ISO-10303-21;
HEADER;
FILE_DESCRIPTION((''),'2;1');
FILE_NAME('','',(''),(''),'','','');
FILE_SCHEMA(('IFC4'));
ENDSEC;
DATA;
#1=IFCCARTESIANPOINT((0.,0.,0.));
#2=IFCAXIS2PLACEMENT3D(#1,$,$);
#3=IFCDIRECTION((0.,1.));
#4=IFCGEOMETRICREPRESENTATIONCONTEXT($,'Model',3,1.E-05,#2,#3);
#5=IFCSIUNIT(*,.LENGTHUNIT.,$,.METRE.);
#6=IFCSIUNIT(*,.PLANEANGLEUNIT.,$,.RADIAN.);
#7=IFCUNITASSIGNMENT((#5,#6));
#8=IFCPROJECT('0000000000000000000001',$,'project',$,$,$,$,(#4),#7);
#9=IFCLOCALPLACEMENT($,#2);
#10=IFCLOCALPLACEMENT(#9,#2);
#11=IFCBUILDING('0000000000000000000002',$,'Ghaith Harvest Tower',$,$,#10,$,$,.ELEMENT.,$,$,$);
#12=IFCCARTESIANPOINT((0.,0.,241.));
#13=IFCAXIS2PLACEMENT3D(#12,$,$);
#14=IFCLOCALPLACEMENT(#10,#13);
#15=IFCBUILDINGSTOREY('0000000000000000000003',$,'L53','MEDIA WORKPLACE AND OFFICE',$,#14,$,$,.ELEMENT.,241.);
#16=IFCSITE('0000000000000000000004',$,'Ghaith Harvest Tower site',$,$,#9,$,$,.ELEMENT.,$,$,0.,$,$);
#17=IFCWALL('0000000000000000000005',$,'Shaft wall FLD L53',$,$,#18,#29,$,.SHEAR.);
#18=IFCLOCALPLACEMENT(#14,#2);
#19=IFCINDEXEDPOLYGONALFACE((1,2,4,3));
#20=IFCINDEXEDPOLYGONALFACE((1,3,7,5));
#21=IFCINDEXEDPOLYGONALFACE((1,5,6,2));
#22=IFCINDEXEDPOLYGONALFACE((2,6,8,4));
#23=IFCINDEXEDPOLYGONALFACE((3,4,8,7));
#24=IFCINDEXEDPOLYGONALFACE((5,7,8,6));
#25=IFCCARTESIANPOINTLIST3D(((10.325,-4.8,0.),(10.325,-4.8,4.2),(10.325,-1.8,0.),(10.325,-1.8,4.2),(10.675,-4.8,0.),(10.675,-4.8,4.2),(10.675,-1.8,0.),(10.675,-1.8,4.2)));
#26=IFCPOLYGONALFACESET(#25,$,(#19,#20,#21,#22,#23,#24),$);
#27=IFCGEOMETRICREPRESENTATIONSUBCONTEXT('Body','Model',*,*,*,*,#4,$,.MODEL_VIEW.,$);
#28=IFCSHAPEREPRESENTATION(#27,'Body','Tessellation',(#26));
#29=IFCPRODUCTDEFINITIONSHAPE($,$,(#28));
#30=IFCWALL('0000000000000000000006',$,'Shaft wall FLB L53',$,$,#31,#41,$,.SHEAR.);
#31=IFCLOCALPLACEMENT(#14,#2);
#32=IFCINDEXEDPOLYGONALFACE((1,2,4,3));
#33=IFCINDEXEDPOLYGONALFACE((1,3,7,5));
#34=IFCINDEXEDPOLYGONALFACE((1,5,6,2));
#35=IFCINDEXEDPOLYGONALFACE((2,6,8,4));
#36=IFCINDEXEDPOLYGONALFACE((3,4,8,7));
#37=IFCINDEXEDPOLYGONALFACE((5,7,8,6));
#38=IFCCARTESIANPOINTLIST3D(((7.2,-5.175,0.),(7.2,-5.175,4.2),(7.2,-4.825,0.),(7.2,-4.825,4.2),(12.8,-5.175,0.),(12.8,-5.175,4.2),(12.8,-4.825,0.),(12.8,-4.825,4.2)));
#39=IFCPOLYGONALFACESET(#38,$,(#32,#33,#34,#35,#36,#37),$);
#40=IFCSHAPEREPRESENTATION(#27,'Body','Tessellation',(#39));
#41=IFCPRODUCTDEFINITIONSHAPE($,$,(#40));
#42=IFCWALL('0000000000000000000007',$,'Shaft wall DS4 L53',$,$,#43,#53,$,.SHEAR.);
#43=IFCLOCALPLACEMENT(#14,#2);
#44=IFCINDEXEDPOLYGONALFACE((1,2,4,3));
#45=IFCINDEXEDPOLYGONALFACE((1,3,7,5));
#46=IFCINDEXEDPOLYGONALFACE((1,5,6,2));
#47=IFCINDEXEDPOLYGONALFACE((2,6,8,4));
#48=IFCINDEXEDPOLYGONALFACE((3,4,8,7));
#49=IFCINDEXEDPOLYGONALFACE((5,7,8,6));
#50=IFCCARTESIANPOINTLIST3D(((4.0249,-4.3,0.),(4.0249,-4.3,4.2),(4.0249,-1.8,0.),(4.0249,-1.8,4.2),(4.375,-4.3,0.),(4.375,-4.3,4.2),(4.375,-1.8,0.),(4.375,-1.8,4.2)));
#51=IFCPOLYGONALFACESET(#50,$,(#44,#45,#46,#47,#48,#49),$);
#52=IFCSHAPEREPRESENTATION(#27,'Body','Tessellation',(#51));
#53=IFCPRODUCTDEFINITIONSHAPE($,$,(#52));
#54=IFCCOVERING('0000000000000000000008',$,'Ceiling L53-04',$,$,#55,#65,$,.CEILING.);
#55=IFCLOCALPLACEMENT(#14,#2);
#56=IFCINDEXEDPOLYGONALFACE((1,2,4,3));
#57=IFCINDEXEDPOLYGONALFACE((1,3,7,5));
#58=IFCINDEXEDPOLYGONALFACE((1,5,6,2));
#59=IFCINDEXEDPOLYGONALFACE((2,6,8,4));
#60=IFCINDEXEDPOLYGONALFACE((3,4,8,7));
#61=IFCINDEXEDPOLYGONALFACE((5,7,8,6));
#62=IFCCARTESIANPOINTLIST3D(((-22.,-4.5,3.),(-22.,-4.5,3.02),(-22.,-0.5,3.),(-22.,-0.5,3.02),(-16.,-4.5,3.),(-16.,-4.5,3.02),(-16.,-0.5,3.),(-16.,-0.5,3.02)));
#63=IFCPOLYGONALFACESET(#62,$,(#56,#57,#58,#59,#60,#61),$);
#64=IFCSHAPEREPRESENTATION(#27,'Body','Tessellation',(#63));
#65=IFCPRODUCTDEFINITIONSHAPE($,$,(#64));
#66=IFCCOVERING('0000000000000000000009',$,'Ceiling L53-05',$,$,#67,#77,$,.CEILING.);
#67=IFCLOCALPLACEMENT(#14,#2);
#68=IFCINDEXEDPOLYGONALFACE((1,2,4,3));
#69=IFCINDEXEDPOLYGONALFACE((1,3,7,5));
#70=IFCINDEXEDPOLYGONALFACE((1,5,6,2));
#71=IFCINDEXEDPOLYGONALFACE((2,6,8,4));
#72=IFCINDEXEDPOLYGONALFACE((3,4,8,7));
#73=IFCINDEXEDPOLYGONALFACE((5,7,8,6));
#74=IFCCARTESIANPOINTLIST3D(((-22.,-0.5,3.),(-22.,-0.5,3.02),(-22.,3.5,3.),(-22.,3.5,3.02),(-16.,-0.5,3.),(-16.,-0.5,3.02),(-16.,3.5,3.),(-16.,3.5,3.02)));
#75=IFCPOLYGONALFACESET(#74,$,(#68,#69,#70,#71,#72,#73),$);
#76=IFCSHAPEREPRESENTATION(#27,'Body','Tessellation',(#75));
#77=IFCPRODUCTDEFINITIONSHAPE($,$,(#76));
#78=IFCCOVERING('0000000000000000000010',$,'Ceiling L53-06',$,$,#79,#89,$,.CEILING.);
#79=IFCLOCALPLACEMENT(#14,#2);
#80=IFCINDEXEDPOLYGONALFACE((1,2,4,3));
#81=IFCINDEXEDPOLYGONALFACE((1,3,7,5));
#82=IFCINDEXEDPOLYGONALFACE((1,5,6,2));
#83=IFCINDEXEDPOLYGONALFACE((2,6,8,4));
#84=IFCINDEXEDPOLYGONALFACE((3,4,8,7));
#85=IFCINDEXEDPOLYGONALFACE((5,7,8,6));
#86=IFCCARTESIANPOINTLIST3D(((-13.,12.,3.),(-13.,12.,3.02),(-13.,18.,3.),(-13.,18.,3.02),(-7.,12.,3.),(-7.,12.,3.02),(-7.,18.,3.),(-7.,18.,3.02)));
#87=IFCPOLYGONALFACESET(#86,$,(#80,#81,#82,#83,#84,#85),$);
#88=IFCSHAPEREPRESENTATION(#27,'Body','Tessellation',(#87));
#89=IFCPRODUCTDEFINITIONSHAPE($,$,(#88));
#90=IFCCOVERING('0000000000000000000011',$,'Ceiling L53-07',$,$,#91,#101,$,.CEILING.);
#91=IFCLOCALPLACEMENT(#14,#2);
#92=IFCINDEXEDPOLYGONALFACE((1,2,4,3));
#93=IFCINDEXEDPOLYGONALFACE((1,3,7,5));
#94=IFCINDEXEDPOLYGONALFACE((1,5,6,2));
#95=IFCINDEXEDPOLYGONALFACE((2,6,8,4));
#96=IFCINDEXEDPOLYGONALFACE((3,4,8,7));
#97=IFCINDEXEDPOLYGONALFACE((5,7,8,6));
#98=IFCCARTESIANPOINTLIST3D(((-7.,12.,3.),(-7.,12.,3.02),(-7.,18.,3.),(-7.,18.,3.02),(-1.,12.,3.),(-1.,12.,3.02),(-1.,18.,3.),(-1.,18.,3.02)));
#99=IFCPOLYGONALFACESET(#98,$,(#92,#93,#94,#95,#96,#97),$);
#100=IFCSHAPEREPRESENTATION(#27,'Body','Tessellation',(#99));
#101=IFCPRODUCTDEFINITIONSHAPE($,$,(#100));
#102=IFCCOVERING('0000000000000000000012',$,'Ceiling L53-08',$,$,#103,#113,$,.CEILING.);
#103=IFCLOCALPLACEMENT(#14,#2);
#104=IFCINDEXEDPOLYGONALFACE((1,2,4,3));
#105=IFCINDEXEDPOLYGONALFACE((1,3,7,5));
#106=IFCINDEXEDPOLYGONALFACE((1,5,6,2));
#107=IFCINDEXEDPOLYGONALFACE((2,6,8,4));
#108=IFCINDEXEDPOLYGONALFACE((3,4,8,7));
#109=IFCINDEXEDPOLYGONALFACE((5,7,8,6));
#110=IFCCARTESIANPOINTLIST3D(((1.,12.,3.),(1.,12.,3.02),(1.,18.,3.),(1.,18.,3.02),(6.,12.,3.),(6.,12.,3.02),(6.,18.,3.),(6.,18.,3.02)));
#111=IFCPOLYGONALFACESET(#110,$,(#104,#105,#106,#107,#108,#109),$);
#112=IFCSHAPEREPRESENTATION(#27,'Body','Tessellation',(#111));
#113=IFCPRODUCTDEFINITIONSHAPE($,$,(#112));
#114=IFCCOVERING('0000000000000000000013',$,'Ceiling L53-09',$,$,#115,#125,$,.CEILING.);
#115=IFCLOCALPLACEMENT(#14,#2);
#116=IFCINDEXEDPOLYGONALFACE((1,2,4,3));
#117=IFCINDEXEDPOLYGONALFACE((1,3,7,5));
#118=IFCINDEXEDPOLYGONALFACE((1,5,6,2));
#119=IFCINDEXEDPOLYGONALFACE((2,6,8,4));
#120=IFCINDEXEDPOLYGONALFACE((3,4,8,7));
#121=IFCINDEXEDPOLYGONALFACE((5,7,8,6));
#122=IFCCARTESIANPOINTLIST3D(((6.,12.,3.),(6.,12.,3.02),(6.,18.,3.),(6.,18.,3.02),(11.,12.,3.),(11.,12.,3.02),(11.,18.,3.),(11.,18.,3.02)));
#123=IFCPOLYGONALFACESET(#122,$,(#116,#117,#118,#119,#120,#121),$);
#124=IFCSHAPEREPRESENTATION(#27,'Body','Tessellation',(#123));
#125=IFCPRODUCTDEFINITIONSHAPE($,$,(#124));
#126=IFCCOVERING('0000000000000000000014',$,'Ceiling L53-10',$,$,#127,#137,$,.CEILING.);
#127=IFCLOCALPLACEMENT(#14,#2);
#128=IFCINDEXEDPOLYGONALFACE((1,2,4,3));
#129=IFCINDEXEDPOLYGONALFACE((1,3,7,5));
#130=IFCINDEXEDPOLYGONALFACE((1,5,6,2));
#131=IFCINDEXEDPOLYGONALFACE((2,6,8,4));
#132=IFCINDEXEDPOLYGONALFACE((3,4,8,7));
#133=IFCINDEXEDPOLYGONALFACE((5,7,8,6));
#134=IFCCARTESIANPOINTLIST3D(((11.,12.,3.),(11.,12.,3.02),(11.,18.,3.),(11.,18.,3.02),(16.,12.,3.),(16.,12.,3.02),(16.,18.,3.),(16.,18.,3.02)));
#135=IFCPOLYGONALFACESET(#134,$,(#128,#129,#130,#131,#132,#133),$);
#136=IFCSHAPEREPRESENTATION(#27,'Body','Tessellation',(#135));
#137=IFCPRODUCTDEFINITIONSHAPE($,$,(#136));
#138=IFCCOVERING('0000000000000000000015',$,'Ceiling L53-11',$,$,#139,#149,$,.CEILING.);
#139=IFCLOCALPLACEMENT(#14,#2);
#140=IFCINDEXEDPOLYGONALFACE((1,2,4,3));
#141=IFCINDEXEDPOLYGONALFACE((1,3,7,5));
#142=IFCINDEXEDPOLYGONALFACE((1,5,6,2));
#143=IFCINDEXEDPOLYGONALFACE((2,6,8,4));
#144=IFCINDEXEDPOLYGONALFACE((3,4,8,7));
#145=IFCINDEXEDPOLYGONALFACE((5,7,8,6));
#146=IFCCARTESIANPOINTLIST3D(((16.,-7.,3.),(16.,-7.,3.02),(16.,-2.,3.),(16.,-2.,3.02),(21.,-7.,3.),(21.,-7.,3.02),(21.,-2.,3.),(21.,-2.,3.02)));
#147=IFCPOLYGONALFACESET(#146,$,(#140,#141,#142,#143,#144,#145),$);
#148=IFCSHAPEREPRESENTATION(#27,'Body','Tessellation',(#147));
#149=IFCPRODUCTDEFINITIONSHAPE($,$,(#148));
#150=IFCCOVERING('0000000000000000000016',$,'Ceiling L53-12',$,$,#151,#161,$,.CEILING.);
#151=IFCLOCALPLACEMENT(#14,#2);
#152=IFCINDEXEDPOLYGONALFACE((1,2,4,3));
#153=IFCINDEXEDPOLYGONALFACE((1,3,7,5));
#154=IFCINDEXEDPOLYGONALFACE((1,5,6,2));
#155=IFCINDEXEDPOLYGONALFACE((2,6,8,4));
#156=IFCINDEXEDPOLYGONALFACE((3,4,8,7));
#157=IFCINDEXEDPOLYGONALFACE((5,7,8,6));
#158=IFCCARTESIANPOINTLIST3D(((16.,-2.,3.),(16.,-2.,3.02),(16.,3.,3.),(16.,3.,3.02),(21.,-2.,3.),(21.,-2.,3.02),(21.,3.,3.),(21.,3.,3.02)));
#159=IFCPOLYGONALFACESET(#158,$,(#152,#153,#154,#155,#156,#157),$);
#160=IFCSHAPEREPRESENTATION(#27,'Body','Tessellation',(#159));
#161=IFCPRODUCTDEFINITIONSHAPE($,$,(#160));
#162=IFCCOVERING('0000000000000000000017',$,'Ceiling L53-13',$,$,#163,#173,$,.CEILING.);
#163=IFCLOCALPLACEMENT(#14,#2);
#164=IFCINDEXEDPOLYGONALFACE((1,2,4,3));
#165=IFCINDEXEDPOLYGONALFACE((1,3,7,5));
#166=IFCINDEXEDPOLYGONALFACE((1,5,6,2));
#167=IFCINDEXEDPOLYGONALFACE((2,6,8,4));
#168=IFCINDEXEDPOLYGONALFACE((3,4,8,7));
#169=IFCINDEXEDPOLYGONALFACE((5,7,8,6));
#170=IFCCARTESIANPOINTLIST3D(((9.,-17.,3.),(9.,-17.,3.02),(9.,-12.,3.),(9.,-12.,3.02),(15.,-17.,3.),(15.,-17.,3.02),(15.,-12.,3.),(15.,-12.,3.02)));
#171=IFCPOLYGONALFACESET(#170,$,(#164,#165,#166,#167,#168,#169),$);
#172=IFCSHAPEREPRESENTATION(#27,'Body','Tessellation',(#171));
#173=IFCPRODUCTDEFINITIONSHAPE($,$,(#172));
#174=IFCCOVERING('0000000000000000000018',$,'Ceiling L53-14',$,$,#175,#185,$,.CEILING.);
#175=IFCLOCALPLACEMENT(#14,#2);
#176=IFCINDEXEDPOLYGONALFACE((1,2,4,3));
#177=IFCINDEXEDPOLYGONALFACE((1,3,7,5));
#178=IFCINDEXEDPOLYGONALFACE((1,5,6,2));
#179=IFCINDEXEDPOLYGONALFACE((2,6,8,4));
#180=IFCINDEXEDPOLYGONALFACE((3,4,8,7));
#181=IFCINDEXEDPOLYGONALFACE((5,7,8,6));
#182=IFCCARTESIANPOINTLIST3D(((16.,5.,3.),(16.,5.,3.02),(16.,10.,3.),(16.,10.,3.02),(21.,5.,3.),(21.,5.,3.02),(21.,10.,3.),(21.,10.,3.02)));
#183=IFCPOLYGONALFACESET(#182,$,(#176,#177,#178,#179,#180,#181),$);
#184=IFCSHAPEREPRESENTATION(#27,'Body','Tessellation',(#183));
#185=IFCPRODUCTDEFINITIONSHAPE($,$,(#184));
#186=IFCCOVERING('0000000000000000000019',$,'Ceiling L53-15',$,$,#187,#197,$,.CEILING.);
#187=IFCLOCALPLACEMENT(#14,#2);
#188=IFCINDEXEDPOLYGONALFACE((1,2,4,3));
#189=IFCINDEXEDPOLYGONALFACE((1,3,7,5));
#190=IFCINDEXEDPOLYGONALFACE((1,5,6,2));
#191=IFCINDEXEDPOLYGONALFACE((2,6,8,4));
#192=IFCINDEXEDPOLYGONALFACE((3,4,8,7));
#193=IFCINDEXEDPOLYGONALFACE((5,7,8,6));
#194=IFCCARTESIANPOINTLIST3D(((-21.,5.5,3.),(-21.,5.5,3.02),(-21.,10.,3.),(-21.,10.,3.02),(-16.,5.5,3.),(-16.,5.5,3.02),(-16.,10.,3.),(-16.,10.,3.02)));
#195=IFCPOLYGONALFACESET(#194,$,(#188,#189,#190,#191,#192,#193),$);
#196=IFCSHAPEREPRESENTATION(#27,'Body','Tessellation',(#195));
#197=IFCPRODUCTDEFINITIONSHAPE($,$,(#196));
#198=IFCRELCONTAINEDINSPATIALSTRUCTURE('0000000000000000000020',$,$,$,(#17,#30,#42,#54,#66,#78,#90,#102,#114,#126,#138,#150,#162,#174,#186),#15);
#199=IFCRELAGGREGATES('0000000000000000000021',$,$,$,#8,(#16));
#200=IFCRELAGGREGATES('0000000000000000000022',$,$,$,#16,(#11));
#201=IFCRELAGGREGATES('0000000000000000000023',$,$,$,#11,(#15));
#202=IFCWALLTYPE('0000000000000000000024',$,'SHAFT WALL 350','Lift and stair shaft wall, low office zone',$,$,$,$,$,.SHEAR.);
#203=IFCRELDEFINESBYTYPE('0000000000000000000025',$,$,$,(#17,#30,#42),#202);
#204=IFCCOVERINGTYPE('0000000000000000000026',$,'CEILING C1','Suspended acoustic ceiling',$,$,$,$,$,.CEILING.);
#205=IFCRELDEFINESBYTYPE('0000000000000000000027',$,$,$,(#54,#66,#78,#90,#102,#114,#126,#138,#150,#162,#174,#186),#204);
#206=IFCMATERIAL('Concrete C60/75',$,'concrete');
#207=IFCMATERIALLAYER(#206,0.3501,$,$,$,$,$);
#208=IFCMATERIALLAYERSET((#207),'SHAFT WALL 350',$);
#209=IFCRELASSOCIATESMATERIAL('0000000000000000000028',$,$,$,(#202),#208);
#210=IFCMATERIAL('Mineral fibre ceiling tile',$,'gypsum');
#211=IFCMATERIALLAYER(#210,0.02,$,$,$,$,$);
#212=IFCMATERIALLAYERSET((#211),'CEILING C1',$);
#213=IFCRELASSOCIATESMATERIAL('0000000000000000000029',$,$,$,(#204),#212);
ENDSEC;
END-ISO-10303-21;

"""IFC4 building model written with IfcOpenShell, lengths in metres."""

from ifc_helpers import new_model, si_unit, direction, frame, frame_2d, origin, place, context, subcontext, project, spatial, polyline, rectangle, outline, extrude, material, layer, layer_set, type_object, element, save


model = new_model("IFC4")

# Units and contexts
model_context = context("Model", 3, precision=1e-05, world=origin(), true_north=direction((0.0, 1.0)))
body_context = subcontext(model_context, "Body", "Model", "MODEL_VIEW")
ifc_project = project(units=[si_unit("LENGTHUNIT", "METRE"), si_unit("PLANEANGLEUNIT", "RADIAN")], contexts=[model_context])

# Site, building, storey
site_placement = place(None, origin())
site = spatial("IfcSite", under=ifc_project, at=site_placement, Name="Ghaith Harvest Tower site", CompositionType="ELEMENT", RefElevation=0.0)
building_placement = place(site_placement, origin())
building = spatial("IfcBuilding", under=site, at=building_placement, Name="Ghaith Harvest Tower", CompositionType="ELEMENT")
storey_placement = place(building_placement, frame((0.0, 0.0, 241.0)))
storey = spatial("IfcBuildingStorey", under=building, at=storey_placement, Name="L53", Description="MEDIA WORKPLACE AND OFFICE", CompositionType="ELEMENT", Elevation=241.0)

# Shared definitions
ifc_material_1 = material(Name="Concrete C60/75", Category="concrete")
ifc_layer_1 = layer(ifc_material_1, 0.3501)
ifc_layer_set_1 = layer_set([ifc_layer_1], Name="SHAFT WALL 350")
wall_type_1 = type_object("IfcWallType", Name="SHAFT WALL 350", Description="Lift and stair shaft wall, low office zone", PredefinedType="SHEAR", material=ifc_layer_set_1)

# Walls
wall_1_placement = place(storey_placement, frame((10.5, -4.8, 0.0), z_axis=(0.0, 0.0, 1.0), x_axis=(0.0, 1.0, 0.0)))
element("IfcWall", 1, at=wall_1_placement, inside=storey, type_object=wall_type_1, Name="Shaft wall FLD L53", PredefinedType="SHEAR", context=body_context, shape_type="SweptSolid", body=[
    extrude(rectangle(XDim=3.0, YDim=0.3501, at=frame_2d((1.5, 0.0))), origin(), (0.0, 0.0, 1.0), 4.2),
])
wall_2_placement = place(storey_placement, frame((7.2, -5.0, 0.0), z_axis=(0.0, 0.0, 1.0), x_axis=(1.0, 0.0, 0.0)))
element("IfcWall", 2, at=wall_2_placement, inside=storey, type_object=wall_type_1, Name="Shaft wall FLB L53", PredefinedType="SHEAR", context=body_context, shape_type="SweptSolid", body=[
    extrude(rectangle(XDim=5.6001, YDim=0.3501, at=frame_2d((2.8, 0.0))), origin(), (0.0, 0.0, 1.0), 4.2),
])
wall_3_placement = place(storey_placement, frame((4.2, -4.3, 0.0), z_axis=(0.0, 0.0, 1.0), x_axis=(0.0, 1.0, 0.0)))
element("IfcWall", 3, at=wall_3_placement, inside=storey, type_object=wall_type_1, Name="Shaft wall DS4 L53", PredefinedType="SHEAR", context=body_context, shape_type="SweptSolid", body=[
    extrude(rectangle(XDim=2.5, YDim=0.3501, at=frame_2d((1.25, 0.0))), origin(), (0.0, 0.0, 1.0), 4.2),
])

# Coverings
ifc_material_2 = material(Name="Mineral fibre ceiling tile", Category="gypsum")
ifc_layer_2 = layer(ifc_material_2, 0.02)
ifc_layer_set_2 = layer_set([ifc_layer_2], Name="CEILING C1")
covering_type = type_object("IfcCoveringType", Name="CEILING C1", Description="Suspended acoustic ceiling", PredefinedType="CEILING", material=ifc_layer_set_2)
covering_1_placement = place(storey_placement, frame((0.0, 0.0, 3.0)))
element("IfcCovering", 4, at=covering_1_placement, inside=storey, type_object=covering_type, Name="Ceiling L53-04", PredefinedType="CEILING", context=body_context, shape_type="SweptSolid", body=[
    extrude(outline(polyline([(-22.0, -4.5), (-16.0, -4.5), (-16.0, -0.5), (-22.0, -0.5), (-22.0, -4.5)])), origin(), (0.0, 0.0, 1.0), 0.02),
])
covering_2_placement = place(storey_placement, frame((0.0, 0.0, 3.0)))
element("IfcCovering", 5, at=covering_2_placement, inside=storey, type_object=covering_type, Name="Ceiling L53-05", PredefinedType="CEILING", context=body_context, shape_type="SweptSolid", body=[
    extrude(outline(polyline([(-22.0, -0.5), (-16.0, -0.5), (-16.0, 3.5), (-22.0, 3.5), (-22.0, -0.5)])), origin(), (0.0, 0.0, 1.0), 0.02),
])
covering_3_placement = place(storey_placement, frame((0.0, 0.0, 3.0)))
element("IfcCovering", 6, at=covering_3_placement, inside=storey, type_object=covering_type, Name="Ceiling L53-06", PredefinedType="CEILING", context=body_context, shape_type="SweptSolid", body=[
    extrude(outline(polyline([(-13.0, 12.0), (-7.0, 12.0), (-7.0, 18.0), (-13.0, 18.0), (-13.0, 12.0)])), origin(), (0.0, 0.0, 1.0), 0.02),
])
covering_4_placement = place(storey_placement, frame((0.0, 0.0, 3.0)))
element("IfcCovering", 7, at=covering_4_placement, inside=storey, type_object=covering_type, Name="Ceiling L53-07", PredefinedType="CEILING", context=body_context, shape_type="SweptSolid", body=[
    extrude(outline(polyline([(-7.0, 12.0), (-1.0, 12.0), (-1.0, 18.0), (-7.0, 18.0), (-7.0, 12.0)])), origin(), (0.0, 0.0, 1.0), 0.02),
])
covering_5_placement = place(storey_placement, frame((0.0, 0.0, 3.0)))
element("IfcCovering", 8, at=covering_5_placement, inside=storey, type_object=covering_type, Name="Ceiling L53-08", PredefinedType="CEILING", context=body_context, shape_type="SweptSolid", body=[
    extrude(outline(polyline([(1.0, 12.0), (6.0, 12.0), (6.0, 18.0), (1.0, 18.0), (1.0, 12.0)])), origin(), (0.0, 0.0, 1.0), 0.02),
])
covering_6_placement = place(storey_placement, frame((0.0, 0.0, 3.0)))
element("IfcCovering", 9, at=covering_6_placement, inside=storey, type_object=covering_type, Name="Ceiling L53-09", PredefinedType="CEILING", context=body_context, shape_type="SweptSolid", body=[
    extrude(outline(polyline([(6.0, 12.0), (11.0, 12.0), (11.0, 18.0), (6.0, 18.0), (6.0, 12.0)])), origin(), (0.0, 0.0, 1.0), 0.02),
])
covering_7_placement = place(storey_placement, frame((0.0, 0.0, 3.0)))
element("IfcCovering", 10, at=covering_7_placement, inside=storey, type_object=covering_type, Name="Ceiling L53-10", PredefinedType="CEILING", context=body_context, shape_type="SweptSolid", body=[
    extrude(outline(polyline([(11.0, 12.0), (16.0, 12.0), (16.0, 18.0), (11.0, 18.0), (11.0, 12.0)])), origin(), (0.0, 0.0, 1.0), 0.02),
])
covering_8_placement = place(storey_placement, frame((0.0, 0.0, 3.0)))
element("IfcCovering", 11, at=covering_8_placement, inside=storey, type_object=covering_type, Name="Ceiling L53-11", PredefinedType="CEILING", context=body_context, shape_type="SweptSolid", body=[
    extrude(outline(polyline([(16.0, -7.0), (21.0, -7.0), (21.0, -2.0), (16.0, -2.0), (16.0, -7.0)])), origin(), (0.0, 0.0, 1.0), 0.02),
])
covering_9_placement = place(storey_placement, frame((0.0, 0.0, 3.0)))
element("IfcCovering", 12, at=covering_9_placement, inside=storey, type_object=covering_type, Name="Ceiling L53-12", PredefinedType="CEILING", context=body_context, shape_type="SweptSolid", body=[
    extrude(outline(polyline([(16.0, -2.0), (21.0, -2.0), (21.0, 3.0), (16.0, 3.0), (16.0, -2.0)])), origin(), (0.0, 0.0, 1.0), 0.02),
])
covering_10_placement = place(storey_placement, frame((0.0, 0.0, 3.0)))
element("IfcCovering", 13, at=covering_10_placement, inside=storey, type_object=covering_type, Name="Ceiling L53-13", PredefinedType="CEILING", context=body_context, shape_type="SweptSolid", body=[
    extrude(outline(polyline([(9.0, -17.0), (15.0, -17.0), (15.0, -12.0), (9.0, -12.0), (9.0, -17.0)])), origin(), (0.0, 0.0, 1.0), 0.02),
])
covering_11_placement = place(storey_placement, frame((0.0, 0.0, 3.0)))
element("IfcCovering", 14, at=covering_11_placement, inside=storey, type_object=covering_type, Name="Ceiling L53-14", PredefinedType="CEILING", context=body_context, shape_type="SweptSolid", body=[
    extrude(outline(polyline([(16.0, 5.0), (21.0, 5.0), (21.0, 10.0), (16.0, 10.0), (16.0, 5.0)])), origin(), (0.0, 0.0, 1.0), 0.02),
])
covering_12_placement = place(storey_placement, frame((0.0, 0.0, 3.0)))
element("IfcCovering", 15, at=covering_12_placement, inside=storey, type_object=covering_type, Name="Ceiling L53-15", PredefinedType="CEILING", context=body_context, shape_type="SweptSolid", body=[
    extrude(outline(polyline([(-21.0, 5.5), (-16.0, 5.5), (-16.0, 10.0), (-21.0, 10.0), (-21.0, 5.5)])), origin(), (0.0, 0.0, 1.0), 0.02),
])

save(model, "model.ifc")
